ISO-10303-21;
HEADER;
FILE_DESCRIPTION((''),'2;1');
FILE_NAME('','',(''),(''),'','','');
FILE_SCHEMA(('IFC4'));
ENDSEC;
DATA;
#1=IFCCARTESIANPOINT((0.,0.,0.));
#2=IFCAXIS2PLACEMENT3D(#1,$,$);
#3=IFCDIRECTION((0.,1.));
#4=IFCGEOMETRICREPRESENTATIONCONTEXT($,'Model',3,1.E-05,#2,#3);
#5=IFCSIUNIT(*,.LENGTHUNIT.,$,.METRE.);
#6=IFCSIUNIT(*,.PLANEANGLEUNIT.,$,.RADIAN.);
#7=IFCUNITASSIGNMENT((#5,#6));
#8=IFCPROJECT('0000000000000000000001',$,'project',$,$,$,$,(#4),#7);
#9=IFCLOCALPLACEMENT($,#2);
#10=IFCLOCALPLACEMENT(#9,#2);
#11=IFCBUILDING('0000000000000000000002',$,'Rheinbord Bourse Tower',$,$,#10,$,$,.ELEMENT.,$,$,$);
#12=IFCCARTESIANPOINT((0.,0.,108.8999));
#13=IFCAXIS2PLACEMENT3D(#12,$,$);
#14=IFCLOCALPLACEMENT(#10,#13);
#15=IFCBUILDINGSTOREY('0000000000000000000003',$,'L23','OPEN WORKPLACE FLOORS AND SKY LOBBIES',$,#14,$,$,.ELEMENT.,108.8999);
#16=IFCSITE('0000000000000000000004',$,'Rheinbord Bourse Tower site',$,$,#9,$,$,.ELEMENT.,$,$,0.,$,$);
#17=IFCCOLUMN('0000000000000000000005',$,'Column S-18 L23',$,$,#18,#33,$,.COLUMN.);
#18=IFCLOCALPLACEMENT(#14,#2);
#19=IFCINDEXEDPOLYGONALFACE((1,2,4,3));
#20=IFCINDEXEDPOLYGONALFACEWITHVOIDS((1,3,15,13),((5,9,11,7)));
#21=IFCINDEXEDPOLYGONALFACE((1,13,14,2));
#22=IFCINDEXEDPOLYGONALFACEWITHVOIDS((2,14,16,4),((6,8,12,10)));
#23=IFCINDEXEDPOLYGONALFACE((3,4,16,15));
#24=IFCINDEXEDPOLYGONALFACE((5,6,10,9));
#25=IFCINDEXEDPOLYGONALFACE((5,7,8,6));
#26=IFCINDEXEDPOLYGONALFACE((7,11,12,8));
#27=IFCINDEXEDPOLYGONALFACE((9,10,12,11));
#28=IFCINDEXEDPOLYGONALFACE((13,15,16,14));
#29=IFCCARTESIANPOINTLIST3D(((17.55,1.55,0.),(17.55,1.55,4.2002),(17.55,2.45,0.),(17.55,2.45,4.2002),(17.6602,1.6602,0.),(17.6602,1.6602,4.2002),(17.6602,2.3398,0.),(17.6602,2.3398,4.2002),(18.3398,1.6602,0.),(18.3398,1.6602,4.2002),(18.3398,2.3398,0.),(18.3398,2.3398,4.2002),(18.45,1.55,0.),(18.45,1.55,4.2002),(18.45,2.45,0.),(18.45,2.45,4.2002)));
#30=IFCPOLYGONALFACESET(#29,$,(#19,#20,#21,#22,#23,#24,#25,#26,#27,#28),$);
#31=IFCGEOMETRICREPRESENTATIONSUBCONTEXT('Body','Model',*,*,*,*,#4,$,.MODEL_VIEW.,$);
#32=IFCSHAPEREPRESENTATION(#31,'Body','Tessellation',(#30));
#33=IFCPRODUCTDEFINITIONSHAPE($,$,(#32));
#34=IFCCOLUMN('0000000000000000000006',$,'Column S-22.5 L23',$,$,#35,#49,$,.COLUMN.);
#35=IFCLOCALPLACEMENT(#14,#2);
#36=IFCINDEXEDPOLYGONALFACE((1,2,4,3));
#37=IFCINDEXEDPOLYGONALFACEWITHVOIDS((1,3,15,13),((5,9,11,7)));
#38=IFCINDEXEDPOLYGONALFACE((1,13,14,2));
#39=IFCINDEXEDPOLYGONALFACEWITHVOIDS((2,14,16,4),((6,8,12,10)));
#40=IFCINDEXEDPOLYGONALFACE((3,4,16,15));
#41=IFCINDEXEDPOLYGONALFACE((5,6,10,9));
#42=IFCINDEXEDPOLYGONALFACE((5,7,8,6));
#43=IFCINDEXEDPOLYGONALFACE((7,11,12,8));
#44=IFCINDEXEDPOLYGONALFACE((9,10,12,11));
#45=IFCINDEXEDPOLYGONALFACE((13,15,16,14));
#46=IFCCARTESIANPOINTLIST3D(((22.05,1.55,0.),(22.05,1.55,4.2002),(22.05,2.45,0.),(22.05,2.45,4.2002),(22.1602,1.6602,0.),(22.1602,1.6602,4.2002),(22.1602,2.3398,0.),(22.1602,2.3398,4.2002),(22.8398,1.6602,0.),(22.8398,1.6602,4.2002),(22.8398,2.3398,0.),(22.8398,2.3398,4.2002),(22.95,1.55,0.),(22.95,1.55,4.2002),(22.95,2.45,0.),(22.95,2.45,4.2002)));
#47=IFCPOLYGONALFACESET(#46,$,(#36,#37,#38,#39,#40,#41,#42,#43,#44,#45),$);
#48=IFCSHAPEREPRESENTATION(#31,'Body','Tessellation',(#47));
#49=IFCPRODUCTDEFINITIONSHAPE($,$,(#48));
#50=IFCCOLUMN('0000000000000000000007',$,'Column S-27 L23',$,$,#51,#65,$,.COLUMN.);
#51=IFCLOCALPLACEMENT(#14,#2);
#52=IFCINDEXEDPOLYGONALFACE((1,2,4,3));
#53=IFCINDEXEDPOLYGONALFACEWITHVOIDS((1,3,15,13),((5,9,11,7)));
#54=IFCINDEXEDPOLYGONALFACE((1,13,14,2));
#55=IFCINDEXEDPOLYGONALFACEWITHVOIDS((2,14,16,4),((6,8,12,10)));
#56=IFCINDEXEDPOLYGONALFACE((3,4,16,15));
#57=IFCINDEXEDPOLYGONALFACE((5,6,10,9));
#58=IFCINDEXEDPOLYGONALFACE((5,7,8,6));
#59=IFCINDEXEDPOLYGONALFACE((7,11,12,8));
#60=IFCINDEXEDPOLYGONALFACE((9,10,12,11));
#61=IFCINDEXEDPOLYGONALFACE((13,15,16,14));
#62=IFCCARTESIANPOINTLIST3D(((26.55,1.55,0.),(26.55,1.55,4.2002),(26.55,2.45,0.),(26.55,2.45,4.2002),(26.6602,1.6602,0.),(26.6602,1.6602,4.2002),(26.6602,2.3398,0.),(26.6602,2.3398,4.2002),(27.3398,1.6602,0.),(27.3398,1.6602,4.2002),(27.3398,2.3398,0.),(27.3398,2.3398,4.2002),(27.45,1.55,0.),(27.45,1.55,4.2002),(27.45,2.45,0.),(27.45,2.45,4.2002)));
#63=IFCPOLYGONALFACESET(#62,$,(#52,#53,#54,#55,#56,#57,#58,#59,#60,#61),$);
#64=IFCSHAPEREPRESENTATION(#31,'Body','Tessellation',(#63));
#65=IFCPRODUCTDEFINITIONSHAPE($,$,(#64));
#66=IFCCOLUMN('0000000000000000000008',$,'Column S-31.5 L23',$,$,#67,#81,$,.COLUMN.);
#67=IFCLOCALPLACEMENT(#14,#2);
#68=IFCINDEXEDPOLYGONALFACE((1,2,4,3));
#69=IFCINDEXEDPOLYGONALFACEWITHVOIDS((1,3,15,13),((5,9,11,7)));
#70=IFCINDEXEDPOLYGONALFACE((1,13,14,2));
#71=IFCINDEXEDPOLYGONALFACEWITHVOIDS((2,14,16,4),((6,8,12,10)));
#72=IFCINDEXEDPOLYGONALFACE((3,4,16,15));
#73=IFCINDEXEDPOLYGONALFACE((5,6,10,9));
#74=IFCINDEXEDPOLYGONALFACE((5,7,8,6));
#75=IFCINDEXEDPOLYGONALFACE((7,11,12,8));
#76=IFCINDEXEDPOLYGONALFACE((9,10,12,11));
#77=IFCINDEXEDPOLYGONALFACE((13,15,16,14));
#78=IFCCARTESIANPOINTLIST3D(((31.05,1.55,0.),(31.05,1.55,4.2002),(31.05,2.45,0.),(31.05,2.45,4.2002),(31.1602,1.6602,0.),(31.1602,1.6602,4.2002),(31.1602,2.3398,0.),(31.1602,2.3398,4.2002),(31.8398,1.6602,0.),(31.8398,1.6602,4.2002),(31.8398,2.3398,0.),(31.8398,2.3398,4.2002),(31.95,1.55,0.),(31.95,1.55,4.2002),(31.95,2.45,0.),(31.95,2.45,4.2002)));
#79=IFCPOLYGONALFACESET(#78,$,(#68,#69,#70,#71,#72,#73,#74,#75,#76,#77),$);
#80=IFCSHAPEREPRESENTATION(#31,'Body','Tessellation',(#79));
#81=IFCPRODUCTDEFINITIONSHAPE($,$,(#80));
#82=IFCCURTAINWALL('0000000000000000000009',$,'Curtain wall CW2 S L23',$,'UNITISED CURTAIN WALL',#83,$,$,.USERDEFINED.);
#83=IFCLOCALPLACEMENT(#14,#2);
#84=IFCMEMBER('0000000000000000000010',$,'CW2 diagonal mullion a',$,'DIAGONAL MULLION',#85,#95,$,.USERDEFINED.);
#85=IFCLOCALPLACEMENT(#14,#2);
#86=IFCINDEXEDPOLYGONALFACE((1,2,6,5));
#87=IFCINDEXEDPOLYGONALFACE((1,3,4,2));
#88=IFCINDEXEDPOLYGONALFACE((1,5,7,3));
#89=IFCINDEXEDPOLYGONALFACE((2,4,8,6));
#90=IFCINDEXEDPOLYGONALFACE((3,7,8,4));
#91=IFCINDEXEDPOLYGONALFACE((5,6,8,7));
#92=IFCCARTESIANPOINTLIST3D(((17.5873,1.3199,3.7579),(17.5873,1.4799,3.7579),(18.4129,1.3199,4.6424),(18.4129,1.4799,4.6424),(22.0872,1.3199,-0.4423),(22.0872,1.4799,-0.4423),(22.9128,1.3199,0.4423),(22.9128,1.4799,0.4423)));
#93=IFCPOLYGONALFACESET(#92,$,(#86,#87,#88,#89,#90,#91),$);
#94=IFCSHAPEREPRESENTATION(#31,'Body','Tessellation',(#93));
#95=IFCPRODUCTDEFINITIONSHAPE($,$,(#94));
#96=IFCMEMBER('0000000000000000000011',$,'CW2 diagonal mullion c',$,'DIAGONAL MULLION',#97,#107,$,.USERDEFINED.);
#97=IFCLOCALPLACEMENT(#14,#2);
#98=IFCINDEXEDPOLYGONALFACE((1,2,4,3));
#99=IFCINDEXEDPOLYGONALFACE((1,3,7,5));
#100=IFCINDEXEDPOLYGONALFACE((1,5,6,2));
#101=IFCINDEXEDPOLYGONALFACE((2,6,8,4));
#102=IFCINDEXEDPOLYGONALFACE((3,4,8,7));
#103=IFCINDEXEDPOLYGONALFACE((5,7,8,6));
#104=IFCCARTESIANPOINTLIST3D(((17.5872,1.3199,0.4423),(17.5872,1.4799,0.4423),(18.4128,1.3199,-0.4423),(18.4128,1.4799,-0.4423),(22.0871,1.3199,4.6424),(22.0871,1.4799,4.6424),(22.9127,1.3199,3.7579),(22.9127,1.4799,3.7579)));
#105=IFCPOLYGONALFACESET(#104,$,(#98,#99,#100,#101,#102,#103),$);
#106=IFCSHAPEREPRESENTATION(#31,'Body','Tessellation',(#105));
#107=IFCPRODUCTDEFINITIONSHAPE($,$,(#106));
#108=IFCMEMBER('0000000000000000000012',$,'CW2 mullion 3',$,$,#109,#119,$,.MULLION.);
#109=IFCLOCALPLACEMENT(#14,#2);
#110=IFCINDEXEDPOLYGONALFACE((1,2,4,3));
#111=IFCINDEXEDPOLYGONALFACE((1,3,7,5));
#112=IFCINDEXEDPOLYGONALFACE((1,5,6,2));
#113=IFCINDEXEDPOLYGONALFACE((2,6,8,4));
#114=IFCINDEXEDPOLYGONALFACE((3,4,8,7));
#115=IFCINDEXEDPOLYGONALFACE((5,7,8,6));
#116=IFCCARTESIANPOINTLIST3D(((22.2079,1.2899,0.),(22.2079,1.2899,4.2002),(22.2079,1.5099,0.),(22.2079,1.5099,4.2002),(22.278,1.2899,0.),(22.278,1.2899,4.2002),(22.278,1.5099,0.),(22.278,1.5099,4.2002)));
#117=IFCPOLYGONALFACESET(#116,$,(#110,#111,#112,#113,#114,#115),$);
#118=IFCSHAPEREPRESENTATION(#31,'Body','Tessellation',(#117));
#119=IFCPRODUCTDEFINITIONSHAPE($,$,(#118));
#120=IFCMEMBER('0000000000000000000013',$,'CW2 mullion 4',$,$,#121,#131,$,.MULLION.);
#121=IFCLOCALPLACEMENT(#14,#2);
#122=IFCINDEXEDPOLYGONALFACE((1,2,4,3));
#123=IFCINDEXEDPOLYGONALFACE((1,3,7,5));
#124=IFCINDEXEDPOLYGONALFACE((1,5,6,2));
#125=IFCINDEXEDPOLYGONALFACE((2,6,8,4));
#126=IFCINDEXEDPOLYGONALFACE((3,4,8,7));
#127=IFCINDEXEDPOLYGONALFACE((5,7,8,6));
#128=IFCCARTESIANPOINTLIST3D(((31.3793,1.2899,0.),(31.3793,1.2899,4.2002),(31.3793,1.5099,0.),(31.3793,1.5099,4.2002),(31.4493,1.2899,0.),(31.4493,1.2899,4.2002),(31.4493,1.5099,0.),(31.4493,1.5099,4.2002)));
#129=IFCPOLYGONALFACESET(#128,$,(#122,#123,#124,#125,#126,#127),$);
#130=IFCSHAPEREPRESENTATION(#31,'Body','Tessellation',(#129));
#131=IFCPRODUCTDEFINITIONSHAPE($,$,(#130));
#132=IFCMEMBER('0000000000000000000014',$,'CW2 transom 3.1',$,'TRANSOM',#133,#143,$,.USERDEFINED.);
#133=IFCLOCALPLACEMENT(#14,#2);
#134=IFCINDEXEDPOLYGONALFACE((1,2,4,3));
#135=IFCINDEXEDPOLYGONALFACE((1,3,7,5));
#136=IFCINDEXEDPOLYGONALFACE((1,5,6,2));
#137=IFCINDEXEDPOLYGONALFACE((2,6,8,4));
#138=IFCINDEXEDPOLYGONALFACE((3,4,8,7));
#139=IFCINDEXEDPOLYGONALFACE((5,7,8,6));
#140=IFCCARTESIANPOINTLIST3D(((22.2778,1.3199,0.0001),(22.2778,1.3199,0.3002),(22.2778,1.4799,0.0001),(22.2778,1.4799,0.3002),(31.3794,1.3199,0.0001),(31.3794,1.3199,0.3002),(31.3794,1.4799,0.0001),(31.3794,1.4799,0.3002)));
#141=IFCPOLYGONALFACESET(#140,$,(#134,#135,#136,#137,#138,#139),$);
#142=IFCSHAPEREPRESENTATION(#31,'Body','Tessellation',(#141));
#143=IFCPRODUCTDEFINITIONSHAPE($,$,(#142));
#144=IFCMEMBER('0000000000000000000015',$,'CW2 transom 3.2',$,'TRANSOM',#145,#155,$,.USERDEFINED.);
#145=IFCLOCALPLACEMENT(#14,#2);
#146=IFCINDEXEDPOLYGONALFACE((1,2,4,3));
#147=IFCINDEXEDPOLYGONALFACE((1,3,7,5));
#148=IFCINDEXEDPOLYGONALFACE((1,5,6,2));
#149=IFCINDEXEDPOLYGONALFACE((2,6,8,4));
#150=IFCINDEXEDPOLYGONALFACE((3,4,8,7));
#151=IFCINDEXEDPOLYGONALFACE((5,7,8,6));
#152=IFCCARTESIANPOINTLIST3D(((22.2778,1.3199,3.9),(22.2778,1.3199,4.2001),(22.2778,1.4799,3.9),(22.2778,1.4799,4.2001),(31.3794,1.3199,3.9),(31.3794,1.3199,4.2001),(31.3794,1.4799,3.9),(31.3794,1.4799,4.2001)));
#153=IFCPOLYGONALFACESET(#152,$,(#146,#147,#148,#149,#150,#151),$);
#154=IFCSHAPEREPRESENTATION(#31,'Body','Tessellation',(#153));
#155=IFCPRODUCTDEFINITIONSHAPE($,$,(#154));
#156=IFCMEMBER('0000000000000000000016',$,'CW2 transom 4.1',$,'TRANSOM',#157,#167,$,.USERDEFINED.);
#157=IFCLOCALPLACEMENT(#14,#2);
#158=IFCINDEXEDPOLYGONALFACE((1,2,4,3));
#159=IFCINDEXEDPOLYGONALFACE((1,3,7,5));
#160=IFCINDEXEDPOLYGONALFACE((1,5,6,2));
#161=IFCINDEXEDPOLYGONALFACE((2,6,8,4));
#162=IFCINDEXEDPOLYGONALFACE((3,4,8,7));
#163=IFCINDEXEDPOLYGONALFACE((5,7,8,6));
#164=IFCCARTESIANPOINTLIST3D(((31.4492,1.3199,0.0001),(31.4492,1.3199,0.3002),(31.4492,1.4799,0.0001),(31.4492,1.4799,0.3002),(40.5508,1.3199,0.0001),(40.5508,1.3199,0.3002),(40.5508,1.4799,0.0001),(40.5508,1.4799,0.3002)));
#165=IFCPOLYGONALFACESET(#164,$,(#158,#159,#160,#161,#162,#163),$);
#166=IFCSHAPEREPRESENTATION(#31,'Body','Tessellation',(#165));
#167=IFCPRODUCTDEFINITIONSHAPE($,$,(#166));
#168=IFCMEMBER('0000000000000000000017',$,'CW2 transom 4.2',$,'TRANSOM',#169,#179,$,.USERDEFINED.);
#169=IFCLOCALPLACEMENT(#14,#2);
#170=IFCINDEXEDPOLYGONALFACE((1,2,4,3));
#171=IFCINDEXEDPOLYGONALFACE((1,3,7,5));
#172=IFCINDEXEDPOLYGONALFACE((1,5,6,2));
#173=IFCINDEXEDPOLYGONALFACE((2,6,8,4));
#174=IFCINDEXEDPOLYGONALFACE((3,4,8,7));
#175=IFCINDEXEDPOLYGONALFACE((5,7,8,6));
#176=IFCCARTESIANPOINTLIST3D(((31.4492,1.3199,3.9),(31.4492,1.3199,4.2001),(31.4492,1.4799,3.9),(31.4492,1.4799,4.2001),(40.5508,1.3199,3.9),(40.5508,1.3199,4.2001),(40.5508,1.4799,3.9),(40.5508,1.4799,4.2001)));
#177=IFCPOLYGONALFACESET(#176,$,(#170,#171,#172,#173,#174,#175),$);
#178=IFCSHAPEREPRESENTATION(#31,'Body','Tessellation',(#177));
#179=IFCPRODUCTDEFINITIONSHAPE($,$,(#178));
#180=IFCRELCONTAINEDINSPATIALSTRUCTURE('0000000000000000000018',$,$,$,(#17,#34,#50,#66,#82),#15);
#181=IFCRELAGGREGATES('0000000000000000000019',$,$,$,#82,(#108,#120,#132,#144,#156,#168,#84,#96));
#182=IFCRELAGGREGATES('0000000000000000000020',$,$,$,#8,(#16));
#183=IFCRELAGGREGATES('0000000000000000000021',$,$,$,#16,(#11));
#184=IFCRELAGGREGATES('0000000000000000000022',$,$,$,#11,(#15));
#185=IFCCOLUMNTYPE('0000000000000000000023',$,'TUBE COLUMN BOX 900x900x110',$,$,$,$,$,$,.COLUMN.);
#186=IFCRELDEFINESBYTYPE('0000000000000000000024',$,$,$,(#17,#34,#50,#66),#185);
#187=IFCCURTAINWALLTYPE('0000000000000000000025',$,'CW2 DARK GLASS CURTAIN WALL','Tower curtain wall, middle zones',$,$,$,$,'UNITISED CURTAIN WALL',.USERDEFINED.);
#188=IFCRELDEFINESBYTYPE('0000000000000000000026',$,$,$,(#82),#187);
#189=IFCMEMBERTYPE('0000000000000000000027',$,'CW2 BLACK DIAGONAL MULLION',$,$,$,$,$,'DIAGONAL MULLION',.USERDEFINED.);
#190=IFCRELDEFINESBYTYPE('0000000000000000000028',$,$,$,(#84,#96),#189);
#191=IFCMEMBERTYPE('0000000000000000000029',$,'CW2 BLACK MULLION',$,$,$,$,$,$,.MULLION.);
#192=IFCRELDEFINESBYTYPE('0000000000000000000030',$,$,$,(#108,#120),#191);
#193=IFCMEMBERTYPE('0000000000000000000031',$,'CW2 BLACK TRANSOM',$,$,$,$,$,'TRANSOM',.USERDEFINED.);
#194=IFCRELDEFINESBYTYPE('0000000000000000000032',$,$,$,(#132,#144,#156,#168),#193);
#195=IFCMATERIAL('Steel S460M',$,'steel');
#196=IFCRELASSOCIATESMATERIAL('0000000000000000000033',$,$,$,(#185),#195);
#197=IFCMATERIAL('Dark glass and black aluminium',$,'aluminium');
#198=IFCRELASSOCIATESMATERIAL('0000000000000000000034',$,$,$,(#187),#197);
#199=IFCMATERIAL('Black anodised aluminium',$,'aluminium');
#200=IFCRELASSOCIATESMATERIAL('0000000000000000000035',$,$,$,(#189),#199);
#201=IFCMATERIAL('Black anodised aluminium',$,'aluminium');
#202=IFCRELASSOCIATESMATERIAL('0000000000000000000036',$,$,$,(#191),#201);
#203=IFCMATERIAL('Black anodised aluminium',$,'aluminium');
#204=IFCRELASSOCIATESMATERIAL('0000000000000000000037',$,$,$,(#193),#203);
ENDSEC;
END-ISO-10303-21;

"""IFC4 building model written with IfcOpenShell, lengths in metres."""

from ifc_helpers import new_model, si_unit, direction, frame, origin, origin_2d, place, context, subcontext, project, spatial, rectangle, hollow_rectangle, extrude, material, material_profile, profile_set, type_object, element, aggregate, save


model = new_model("IFC4")

# Units and contexts
model_context = context("Model", 3, precision=1e-05, world=origin(), true_north=direction((0.0, 1.0)))
body_context = subcontext(model_context, "Body", "Model", "MODEL_VIEW")
ifc_project = project(units=[si_unit("LENGTHUNIT", "METRE"), si_unit("PLANEANGLEUNIT", "RADIAN")], contexts=[model_context])

# Site, building, storey
site_placement = place(None, origin())
site = spatial("IfcSite", under=ifc_project, at=site_placement, Name="Rheinbord Bourse Tower site", CompositionType="ELEMENT", RefElevation=0.0)
building_placement = place(site_placement, origin())
building = spatial("IfcBuilding", under=site, at=building_placement, Name="Rheinbord Bourse Tower", CompositionType="ELEMENT")
storey_placement = place(building_placement, frame((0.0, 0.0, 108.8999)))
storey = spatial("IfcBuildingStorey", under=building, at=storey_placement, Name="L23", Description="OPEN WORKPLACE FLOORS AND SKY LOBBIES", CompositionType="ELEMENT", Elevation=108.8999)

# Columns
ifc_material_1 = material(Name="Steel S460M", Category="steel")
ifc_material_profile_1 = material_profile(ifc_material_1, hollow_rectangle(XDim=0.8999, YDim=0.8999, WallThickness=0.1101, at=origin_2d()), Name="BOX 900x900x110")
ifc_profile_set_1 = profile_set([ifc_material_profile_1], Name="Steel S460M")
column_type = type_object("IfcColumnType", Name="TUBE COLUMN BOX 900x900x110", PredefinedType="COLUMN", material=ifc_profile_set_1)
for number, where, z_axis, x_axis, name in (
    (1, (18.0, 2.0, 0.0), (0.0, 0.0, 1.0), (0.0, 1.0, 0.0), "Column S-18 L23"),
    (2, (22.5, 2.0, 0.0), (0.0, 0.0, 1.0), (0.0, 1.0, 0.0), "Column S-22.5 L23"),
    (3, (27.0, 2.0, 0.0), (0.0, 0.0, 1.0), (0.0, 1.0, 0.0), "Column S-27 L23"),
    (4, (31.5, 2.0, 0.0), (0.0, 0.0, 1.0), (0.0, 1.0, 0.0), "Column S-31.5 L23"),
):
    element("IfcColumn", number, at=place(storey_placement, frame(where, z_axis=z_axis, x_axis=x_axis)), inside=storey, type_object=column_type, Name=name, PredefinedType="COLUMN", context=body_context, shape_type="SweptSolid", body=[
        extrude(hollow_rectangle(XDim=0.8999, YDim=0.8999, WallThickness=0.1101, at=origin_2d()), origin(), (0.0, 0.0, 1.0), 4.2002),
    ])

# Curtain wall, members
ifc_material_2 = material(Name="Dark glass and black aluminium", Category="aluminium")
curtain_wall_type = type_object("IfcCurtainWallType", Name="CW2 DARK GLASS CURTAIN WALL", Description="Tower curtain wall, middle zones", ElementType="UNITISED CURTAIN WALL", PredefinedType="USERDEFINED", material=ifc_material_2)
curtain_wall_placement = place(storey_placement, origin())
curtain_wall = element("IfcCurtainWall", 5, at=curtain_wall_placement, inside=storey, type_object=curtain_wall_type, Name="Curtain wall CW2 S L23", ObjectType="UNITISED CURTAIN WALL", PredefinedType="USERDEFINED")
ifc_material_3 = material(Name="Black anodised aluminium", Category="aluminium")
ifc_material_profile_2 = material_profile(ifc_material_3, rectangle(XDim=0.1599, YDim=1.21, at=origin_2d()), Name="CW2 DIAGONAL MULLION 1210x160")
ifc_profile_set_2 = profile_set([ifc_material_profile_2], Name="Black anodised aluminium")
member_type_1 = type_object("IfcMemberType", Name="CW2 BLACK DIAGONAL MULLION", ElementType="DIAGONAL MULLION", PredefinedType="USERDEFINED", material=ifc_profile_set_2)
member_1_placement = place(storey_placement, frame((22.5, 1.3999, 0.0), z_axis=(-0.731039, 0.0, 0.682335), x_axis=(0.0, -1.0, 0.0)))
member_1 = element("IfcMember", 6, at=member_1_placement, type_object=member_type_1, Name="CW2 diagonal mullion a", ObjectType="DIAGONAL MULLION", PredefinedType="USERDEFINED", context=body_context, shape_type="SweptSolid", body=[
    extrude(rectangle(XDim=0.1599, YDim=1.21, at=origin_2d()), origin(), (0.0, 0.0, 1.0), 6.1555),
])
member_2_placement = place(storey_placement, frame((18.0, 1.3999, 0.0), z_axis=(0.731039, 0.0, 0.682335), x_axis=(0.0, 1.0, 0.0)))
member_2 = element("IfcMember", 7, at=member_2_placement, type_object=member_type_1, Name="CW2 diagonal mullion c", ObjectType="DIAGONAL MULLION", PredefinedType="USERDEFINED", context=body_context, shape_type="SweptSolid", body=[
    extrude(rectangle(XDim=0.1599, YDim=1.21, at=origin_2d()), origin(), (0.0, 0.0, 1.0), 6.1555),
])
ifc_material_4 = material(Name="Black anodised aluminium", Category="aluminium")
ifc_material_profile_3 = material_profile(ifc_material_4, rectangle(XDim=0.22, YDim=0.0701, at=origin_2d()), Name="CW2 MULLION 70x220")
ifc_profile_set_3 = profile_set([ifc_material_profile_3], Name="Black anodised aluminium")
member_type_2 = type_object("IfcMemberType", Name="CW2 BLACK MULLION", PredefinedType="MULLION", material=ifc_profile_set_3)
member_3_placement = place(storey_placement, frame((22.2429, 1.3999, 0.0), z_axis=(0.0, 0.0, 1.0), x_axis=(0.0, 1.0, 0.0)))
member_3 = element("IfcMember", 8, at=member_3_placement, type_object=member_type_2, Name="CW2 mullion 3", PredefinedType="MULLION", context=body_context, shape_type="SweptSolid", body=[
    extrude(rectangle(XDim=0.22, YDim=0.0701, at=origin_2d()), origin(), (0.0, 0.0, 1.0), 4.2002),
])
member_4_placement = place(storey_placement, frame((31.4143, 1.3999, 0.0), z_axis=(0.0, 0.0, 1.0), x_axis=(0.0, 1.0, 0.0)))
member_4 = element("IfcMember", 9, at=member_4_placement, type_object=member_type_2, Name="CW2 mullion 4", PredefinedType="MULLION", context=body_context, shape_type="SweptSolid", body=[
    extrude(rectangle(XDim=0.22, YDim=0.0701, at=origin_2d()), origin(), (0.0, 0.0, 1.0), 4.2002),
])
ifc_material_5 = material(Name="Black anodised aluminium", Category="aluminium")
ifc_material_profile_4 = material_profile(ifc_material_5, rectangle(XDim=0.1599, YDim=0.3, at=origin_2d()), Name="CW2 TRANSOM 300x160")
ifc_profile_set_4 = profile_set([ifc_material_profile_4], Name="Black anodised aluminium")
member_type_3 = type_object("IfcMemberType", Name="CW2 BLACK TRANSOM", ElementType="TRANSOM", PredefinedType="USERDEFINED", material=ifc_profile_set_4)
member_5_placement = place(storey_placement, frame((22.2778, 1.3999, 0.1501), z_axis=(1.0, 0.0, 0.0), x_axis=(0.0, 1.0, 0.0)))
member_5 = element("IfcMember", 10, at=member_5_placement, type_object=member_type_3, Name="CW2 transom 3.1", ObjectType="TRANSOM", PredefinedType="USERDEFINED", context=body_context, shape_type="SweptSolid", body=[
    extrude(rectangle(XDim=0.1599, YDim=0.3, at=origin_2d()), origin(), (0.0, 0.0, 1.0), 9.1016),
])
member_6_placement = place(storey_placement, frame((22.2778, 1.3999, 4.05), z_axis=(1.0, 0.0, 0.0), x_axis=(0.0, 1.0, 0.0)))
member_6 = element("IfcMember", 11, at=member_6_placement, type_object=member_type_3, Name="CW2 transom 3.2", ObjectType="TRANSOM", PredefinedType="USERDEFINED", context=body_context, shape_type="SweptSolid", body=[
    extrude(rectangle(XDim=0.1599, YDim=0.3, at=origin_2d()), origin(), (0.0, 0.0, 1.0), 9.1016),
])
member_7_placement = place(storey_placement, frame((31.4492, 1.3999, 0.1501), z_axis=(1.0, 0.0, 0.0), x_axis=(0.0, 1.0, 0.0)))
member_7 = element("IfcMember", 12, at=member_7_placement, type_object=member_type_3, Name="CW2 transom 4.1", ObjectType="TRANSOM", PredefinedType="USERDEFINED", context=body_context, shape_type="SweptSolid", body=[
    extrude(rectangle(XDim=0.1599, YDim=0.3, at=origin_2d()), origin(), (0.0, 0.0, 1.0), 9.1016),
])
member_8_placement = place(storey_placement, frame((31.4492, 1.3999, 4.05), z_axis=(1.0, 0.0, 0.0), x_axis=(0.0, 1.0, 0.0)))
member_8 = element("IfcMember", 13, at=member_8_placement, type_object=member_type_3, Name="CW2 transom 4.2", ObjectType="TRANSOM", PredefinedType="USERDEFINED", context=body_context, shape_type="SweptSolid", body=[
    extrude(rectangle(XDim=0.1599, YDim=0.3, at=origin_2d()), origin(), (0.0, 0.0, 1.0), 9.1016),
])

aggregate(curtain_wall, [member_3, member_4, member_5, member_6, member_7, member_8, member_1, member_2])

save(model, "model.ifc")
